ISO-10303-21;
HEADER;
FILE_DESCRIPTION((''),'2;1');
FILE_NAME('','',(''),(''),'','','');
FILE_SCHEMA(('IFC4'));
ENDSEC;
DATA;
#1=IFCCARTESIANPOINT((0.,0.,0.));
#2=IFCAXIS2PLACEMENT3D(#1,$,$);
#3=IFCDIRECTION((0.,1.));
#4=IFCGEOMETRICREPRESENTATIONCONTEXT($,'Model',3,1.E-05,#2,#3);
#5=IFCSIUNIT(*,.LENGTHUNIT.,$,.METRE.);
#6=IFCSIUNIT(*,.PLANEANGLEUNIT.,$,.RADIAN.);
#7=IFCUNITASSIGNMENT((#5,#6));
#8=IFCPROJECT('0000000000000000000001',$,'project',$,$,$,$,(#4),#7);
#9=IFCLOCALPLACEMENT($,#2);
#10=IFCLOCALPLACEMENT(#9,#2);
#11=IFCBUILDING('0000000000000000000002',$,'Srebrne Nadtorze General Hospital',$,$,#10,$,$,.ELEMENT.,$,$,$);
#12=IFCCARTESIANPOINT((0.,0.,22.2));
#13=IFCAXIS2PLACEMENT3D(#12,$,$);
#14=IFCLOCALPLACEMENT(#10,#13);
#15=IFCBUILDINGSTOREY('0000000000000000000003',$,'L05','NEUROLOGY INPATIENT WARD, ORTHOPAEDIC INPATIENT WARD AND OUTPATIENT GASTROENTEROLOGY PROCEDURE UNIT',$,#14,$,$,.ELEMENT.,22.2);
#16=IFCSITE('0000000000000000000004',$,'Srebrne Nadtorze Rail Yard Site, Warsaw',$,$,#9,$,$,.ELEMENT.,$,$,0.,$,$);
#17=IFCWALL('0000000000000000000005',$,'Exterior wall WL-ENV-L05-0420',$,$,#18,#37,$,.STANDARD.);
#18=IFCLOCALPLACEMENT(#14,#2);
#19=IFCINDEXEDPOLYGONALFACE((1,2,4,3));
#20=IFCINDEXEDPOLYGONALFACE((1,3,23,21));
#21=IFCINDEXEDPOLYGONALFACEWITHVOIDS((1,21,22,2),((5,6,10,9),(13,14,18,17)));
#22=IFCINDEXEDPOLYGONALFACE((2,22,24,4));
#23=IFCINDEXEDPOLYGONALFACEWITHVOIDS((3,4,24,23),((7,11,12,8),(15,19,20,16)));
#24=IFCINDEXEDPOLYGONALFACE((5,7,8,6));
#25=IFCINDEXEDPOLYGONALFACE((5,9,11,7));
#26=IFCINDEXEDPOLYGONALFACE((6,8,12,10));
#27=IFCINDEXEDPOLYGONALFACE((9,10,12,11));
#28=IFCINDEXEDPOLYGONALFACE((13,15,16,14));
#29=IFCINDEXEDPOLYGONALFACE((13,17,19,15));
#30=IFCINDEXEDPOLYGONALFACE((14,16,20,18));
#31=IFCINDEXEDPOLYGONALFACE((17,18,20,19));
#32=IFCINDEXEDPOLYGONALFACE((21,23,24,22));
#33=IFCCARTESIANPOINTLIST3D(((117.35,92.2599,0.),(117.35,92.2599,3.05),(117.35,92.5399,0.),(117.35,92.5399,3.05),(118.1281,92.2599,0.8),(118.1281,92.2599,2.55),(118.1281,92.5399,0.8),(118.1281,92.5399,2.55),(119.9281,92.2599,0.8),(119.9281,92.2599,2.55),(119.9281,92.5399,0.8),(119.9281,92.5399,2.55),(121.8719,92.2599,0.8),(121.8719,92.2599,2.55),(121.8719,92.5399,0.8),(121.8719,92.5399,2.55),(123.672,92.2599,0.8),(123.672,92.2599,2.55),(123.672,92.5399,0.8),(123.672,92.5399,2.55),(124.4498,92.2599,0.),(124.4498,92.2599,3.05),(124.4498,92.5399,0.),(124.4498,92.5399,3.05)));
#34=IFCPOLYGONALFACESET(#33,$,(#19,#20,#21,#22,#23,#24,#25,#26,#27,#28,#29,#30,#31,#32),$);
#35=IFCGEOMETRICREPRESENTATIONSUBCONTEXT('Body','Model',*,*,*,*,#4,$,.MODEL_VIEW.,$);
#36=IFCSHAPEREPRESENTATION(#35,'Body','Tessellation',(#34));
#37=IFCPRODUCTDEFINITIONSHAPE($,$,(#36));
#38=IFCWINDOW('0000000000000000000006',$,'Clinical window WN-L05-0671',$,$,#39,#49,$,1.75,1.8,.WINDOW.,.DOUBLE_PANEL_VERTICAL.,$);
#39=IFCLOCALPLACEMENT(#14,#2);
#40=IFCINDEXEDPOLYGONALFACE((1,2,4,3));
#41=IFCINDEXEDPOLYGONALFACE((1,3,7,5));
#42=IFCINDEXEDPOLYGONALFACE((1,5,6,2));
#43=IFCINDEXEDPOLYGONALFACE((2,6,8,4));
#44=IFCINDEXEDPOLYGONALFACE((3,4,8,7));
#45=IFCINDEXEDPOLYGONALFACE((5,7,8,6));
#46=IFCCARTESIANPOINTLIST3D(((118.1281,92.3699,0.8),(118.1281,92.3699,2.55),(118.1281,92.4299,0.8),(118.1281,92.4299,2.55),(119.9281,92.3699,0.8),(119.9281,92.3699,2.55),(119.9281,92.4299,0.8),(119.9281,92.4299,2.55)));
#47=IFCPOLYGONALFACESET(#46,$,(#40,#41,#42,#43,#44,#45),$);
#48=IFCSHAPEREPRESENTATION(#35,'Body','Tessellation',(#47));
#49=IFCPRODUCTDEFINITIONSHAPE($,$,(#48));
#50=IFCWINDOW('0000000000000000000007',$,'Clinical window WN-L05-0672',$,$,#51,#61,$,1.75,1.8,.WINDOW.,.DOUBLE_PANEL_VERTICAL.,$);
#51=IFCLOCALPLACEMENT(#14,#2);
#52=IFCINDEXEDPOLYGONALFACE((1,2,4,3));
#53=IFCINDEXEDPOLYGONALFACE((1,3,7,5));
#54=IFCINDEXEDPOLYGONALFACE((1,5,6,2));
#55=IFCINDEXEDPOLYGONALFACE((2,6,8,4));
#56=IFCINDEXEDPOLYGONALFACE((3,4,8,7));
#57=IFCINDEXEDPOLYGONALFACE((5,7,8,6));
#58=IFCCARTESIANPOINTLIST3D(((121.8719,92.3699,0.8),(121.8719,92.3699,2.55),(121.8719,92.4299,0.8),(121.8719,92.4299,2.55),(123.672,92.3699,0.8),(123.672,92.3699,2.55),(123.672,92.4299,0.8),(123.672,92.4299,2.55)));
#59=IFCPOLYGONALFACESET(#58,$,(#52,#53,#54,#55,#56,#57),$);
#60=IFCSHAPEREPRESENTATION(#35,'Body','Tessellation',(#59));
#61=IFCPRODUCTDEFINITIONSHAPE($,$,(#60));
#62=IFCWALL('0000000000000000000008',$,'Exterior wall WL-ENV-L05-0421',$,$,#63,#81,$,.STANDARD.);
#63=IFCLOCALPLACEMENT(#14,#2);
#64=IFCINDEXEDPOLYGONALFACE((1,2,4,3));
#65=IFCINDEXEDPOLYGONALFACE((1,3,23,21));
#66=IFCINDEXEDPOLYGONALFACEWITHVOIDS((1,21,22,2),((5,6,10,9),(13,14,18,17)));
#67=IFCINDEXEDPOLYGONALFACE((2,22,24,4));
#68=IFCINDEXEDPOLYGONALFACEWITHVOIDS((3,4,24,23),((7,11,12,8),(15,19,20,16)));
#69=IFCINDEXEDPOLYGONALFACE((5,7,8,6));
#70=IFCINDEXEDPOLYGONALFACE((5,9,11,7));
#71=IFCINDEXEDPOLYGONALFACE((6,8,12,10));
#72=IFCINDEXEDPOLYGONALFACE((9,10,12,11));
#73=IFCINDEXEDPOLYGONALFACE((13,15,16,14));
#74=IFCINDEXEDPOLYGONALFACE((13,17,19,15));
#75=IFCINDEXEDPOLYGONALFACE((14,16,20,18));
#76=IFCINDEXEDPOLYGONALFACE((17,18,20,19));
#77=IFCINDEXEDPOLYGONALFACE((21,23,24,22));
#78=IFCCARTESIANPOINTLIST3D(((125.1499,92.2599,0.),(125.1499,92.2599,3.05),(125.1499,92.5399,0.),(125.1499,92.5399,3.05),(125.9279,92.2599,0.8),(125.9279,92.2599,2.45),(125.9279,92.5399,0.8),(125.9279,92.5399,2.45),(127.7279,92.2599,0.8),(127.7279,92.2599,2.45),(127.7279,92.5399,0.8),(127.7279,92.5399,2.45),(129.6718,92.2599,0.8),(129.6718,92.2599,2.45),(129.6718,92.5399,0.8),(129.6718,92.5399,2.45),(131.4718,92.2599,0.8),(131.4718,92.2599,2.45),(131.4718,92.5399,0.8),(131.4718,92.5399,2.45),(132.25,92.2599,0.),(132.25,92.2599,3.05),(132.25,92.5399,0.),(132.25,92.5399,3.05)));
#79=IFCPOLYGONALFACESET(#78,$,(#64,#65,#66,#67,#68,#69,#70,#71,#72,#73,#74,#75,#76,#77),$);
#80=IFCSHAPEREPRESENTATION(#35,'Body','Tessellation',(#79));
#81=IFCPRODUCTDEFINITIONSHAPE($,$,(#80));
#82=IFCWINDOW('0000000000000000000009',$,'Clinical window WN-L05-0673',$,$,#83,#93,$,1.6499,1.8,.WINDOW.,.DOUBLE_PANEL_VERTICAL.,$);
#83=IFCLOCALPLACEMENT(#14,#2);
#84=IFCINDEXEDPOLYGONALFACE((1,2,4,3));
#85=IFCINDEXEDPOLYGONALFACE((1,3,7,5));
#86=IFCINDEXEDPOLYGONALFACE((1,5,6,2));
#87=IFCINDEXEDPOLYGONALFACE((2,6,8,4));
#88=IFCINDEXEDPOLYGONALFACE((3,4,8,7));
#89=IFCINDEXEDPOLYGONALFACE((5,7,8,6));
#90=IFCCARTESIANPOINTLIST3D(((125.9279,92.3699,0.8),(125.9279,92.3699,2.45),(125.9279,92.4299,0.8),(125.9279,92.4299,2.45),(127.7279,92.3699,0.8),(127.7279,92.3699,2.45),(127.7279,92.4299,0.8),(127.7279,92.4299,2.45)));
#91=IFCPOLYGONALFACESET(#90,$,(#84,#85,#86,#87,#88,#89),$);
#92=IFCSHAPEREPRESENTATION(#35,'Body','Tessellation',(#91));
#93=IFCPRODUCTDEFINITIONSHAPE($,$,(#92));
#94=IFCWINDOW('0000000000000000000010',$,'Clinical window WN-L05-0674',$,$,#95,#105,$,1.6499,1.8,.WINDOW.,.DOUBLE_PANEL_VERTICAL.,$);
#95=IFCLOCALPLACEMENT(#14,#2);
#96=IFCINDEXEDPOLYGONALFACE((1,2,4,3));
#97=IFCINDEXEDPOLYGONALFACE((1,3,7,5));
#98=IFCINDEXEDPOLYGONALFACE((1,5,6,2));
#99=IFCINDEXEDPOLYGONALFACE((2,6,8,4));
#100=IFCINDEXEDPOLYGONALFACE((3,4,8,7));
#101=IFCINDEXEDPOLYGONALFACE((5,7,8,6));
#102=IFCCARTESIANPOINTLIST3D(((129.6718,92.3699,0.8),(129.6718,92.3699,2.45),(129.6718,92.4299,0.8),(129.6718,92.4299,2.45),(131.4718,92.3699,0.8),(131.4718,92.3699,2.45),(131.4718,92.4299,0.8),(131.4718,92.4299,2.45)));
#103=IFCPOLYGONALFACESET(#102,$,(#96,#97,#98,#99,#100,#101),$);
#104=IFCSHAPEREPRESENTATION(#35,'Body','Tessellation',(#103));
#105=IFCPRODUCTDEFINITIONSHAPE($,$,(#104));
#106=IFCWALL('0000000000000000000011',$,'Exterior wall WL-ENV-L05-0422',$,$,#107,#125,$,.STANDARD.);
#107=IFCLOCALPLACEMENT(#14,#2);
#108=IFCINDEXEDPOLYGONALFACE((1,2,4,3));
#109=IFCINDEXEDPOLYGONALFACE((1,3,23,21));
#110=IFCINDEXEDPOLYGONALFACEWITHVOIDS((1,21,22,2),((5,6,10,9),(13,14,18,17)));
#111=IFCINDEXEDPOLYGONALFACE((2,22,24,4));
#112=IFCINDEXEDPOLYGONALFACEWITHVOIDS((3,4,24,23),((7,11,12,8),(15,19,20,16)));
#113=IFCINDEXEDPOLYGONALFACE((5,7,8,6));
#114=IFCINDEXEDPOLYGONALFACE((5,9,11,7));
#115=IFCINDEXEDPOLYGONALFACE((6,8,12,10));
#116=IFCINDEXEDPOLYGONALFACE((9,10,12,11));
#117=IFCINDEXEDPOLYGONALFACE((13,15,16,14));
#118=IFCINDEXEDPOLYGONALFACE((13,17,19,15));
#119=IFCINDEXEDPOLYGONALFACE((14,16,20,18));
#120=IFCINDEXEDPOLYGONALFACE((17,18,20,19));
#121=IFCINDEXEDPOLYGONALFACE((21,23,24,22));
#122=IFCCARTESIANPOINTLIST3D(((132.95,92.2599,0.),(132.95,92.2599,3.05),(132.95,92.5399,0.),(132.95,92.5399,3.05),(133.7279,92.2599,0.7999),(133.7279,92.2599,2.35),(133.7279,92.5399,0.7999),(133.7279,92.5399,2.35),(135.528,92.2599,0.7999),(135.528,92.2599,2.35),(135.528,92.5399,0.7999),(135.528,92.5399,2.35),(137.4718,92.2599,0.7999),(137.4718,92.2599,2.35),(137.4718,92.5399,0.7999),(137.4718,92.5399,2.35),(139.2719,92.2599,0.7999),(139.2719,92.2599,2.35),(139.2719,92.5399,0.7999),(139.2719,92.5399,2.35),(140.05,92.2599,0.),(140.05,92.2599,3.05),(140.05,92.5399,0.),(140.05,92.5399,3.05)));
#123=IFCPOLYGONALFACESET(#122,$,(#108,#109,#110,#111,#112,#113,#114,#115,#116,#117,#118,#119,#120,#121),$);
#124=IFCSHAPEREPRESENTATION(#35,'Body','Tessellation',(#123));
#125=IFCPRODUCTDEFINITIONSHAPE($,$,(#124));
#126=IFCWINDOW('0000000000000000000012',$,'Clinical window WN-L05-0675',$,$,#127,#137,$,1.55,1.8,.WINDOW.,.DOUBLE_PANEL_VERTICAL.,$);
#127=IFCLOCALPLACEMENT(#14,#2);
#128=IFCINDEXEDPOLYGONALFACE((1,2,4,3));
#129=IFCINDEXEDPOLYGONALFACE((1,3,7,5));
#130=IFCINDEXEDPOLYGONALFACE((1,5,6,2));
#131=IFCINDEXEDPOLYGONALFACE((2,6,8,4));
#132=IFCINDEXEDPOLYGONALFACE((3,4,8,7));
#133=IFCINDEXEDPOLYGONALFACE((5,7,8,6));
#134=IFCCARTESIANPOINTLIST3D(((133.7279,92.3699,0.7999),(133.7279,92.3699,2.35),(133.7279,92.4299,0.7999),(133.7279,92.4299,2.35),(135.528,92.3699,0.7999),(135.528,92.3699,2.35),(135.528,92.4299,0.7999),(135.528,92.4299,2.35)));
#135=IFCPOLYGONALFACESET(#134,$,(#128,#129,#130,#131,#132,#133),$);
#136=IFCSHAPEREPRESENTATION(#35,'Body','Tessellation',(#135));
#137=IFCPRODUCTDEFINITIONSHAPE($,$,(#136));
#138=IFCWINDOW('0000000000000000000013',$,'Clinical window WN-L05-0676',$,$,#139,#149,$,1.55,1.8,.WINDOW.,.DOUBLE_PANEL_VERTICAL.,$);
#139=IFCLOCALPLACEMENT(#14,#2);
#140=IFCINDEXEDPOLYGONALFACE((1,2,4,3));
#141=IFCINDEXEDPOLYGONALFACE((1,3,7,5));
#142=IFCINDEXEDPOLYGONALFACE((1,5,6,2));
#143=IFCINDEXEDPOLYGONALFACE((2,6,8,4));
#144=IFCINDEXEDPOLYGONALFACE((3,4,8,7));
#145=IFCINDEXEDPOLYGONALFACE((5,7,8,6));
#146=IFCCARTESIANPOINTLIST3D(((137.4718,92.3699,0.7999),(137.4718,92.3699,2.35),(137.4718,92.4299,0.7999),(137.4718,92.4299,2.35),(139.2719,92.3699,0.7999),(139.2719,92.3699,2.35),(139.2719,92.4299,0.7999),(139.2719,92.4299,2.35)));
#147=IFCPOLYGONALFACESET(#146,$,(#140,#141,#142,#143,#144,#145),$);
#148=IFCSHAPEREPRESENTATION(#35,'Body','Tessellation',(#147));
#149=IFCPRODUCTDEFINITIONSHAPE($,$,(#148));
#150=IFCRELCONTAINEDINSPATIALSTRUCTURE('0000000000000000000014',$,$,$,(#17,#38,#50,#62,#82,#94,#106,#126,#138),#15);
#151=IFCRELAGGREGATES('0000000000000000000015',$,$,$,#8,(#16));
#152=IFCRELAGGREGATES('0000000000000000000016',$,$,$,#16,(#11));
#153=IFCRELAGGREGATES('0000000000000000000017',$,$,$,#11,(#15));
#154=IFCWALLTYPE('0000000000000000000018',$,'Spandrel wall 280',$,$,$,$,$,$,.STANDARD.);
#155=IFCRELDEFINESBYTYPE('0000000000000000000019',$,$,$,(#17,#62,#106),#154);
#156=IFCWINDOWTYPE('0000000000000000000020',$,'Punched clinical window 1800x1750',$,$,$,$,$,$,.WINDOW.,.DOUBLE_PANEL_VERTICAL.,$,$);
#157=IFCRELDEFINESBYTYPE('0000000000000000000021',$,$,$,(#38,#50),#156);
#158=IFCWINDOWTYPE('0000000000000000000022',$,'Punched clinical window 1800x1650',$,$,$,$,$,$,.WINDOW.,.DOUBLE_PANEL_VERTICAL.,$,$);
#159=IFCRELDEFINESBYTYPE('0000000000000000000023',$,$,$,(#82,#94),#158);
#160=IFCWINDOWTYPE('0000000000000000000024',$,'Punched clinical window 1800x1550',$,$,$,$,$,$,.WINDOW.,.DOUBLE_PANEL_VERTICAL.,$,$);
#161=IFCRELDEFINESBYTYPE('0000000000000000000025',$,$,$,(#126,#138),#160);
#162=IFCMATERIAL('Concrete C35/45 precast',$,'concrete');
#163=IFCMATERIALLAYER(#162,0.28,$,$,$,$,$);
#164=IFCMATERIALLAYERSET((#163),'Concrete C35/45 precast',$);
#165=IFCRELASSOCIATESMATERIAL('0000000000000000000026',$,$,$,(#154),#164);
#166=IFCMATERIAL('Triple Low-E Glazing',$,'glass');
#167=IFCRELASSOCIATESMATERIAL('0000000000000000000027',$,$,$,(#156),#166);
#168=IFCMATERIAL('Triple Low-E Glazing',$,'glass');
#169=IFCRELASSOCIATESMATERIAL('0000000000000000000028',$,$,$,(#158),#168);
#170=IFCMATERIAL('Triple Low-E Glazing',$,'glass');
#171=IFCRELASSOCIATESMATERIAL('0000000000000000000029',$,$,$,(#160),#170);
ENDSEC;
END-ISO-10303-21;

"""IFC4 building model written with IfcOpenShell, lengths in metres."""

from ifc_helpers import new_model, si_unit, direction, frame, frame_2d, origin, place, context, subcontext, project, spatial, rectangle, extrude, material, layer, layer_set, type_object, element, fill, save


model = new_model("IFC4")

# Units and contexts
model_context = context("Model", 3, precision=1e-05, world=origin(), true_north=direction((0.0, 1.0)))
body_context = subcontext(model_context, "Body", "Model", "MODEL_VIEW")
ifc_project = project(units=[si_unit("LENGTHUNIT", "METRE"), si_unit("PLANEANGLEUNIT", "RADIAN")], contexts=[model_context])

# Site, building, storey
site_placement = place(None, origin())
site = spatial("IfcSite", under=ifc_project, at=site_placement, Name="Srebrne Nadtorze Rail Yard Site, Warsaw", CompositionType="ELEMENT", RefElevation=0.0)
building_placement = place(site_placement, origin())
building = spatial("IfcBuilding", under=site, at=building_placement, Name="Srebrne Nadtorze General Hospital", CompositionType="ELEMENT")
storey_placement = place(building_placement, frame((0.0, 0.0, 22.2)))
storey = spatial("IfcBuildingStorey", under=building, at=storey_placement, Name="L05", Description="NEUROLOGY INPATIENT WARD, ORTHOPAEDIC INPATIENT WARD AND OUTPATIENT GASTROENTEROLOGY PROCEDURE UNIT", CompositionType="ELEMENT", Elevation=22.2)

# Walls, openings, windows
ifc_material_1 = material(Name="Concrete C35/45 precast", Category="concrete")
ifc_layer_1 = layer(ifc_material_1, 0.28)
ifc_layer_set_1 = layer_set([ifc_layer_1], Name="Concrete C35/45 precast")
wall_type_1 = type_object("IfcWallType", Name="Spandrel wall 280", PredefinedType="STANDARD", material=ifc_layer_set_1)
wall_1_placement = place(storey_placement, frame((117.3501, 92.3999, 0.0), z_axis=(0.0, 0.0, 1.0), x_axis=(1.0, 0.0, 0.0)))
wall_1 = element("IfcWall", 1, at=wall_1_placement, inside=storey, type_object=wall_type_1, Name="Exterior wall WL-ENV-L05-0420", PredefinedType="STANDARD", context=body_context, shape_type="SweptSolid", body=[
    extrude(rectangle(XDim=7.0999, YDim=0.28, at=frame_2d((3.5498, 0.0))), origin(), (0.0, 0.0, 1.0), 3.05),
])
opening_1_placement = place(wall_1_placement, frame((0.7781, 0.0, 0.8)))
opening_1 = element("IfcOpeningElement", 2, at=opening_1_placement, cuts=wall_1, PredefinedType="OPENING", context=body_context, shape_type="SweptSolid", body=[
    extrude(rectangle(XDim=1.8, YDim=1.75, at=frame_2d((0.8999, 0.875))), frame((0.0, 0.1519, 0.0), z_axis=(0.0, -1.0, 0.0), x_axis=(1.0, 0.0, 0.0)), (0.0, 0.0, 1.0), 0.304),
])
opening_2_placement = place(wall_1_placement, frame((4.522, 0.0, 0.8)))
opening_2 = element("IfcOpeningElement", 3, at=opening_2_placement, cuts=wall_1, PredefinedType="OPENING", context=body_context, shape_type="SweptSolid", body=[
    extrude(rectangle(XDim=1.8, YDim=1.75, at=frame_2d((0.8999, 0.875))), frame((0.0, 0.1519, 0.0), z_axis=(0.0, -1.0, 0.0), x_axis=(1.0, 0.0, 0.0)), (0.0, 0.0, 1.0), 0.304),
])
ifc_material_2 = material(Name="Triple Low-E Glazing", Category="glass")
window_type_1 = type_object("IfcWindowType", Name="Punched clinical window 1800x1750", PartitioningType="DOUBLE_PANEL_VERTICAL", PredefinedType="WINDOW", material=ifc_material_2)
window_1_placement = place(opening_1_placement, origin())
window_1 = element("IfcWindow", 4, at=window_1_placement, inside=storey, type_object=window_type_1, Name="Clinical window WN-L05-0671", OverallHeight=1.75, OverallWidth=1.8, PartitioningType="DOUBLE_PANEL_VERTICAL", PredefinedType="WINDOW", context=body_context, shape_type="SweptSolid", body=[
    extrude(rectangle(XDim=1.8, YDim=1.75, at=frame_2d((0.8999, 0.875))), frame((0.0, 0.03, 0.0), z_axis=(0.0, -1.0, 0.0), x_axis=(1.0, 0.0, 0.0)), (0.0, 0.0, 1.0), 0.0601),
])
fill(opening_1, window_1)
window_2_placement = place(opening_2_placement, origin())
window_2 = element("IfcWindow", 5, at=window_2_placement, inside=storey, type_object=window_type_1, Name="Clinical window WN-L05-0672", OverallHeight=1.75, OverallWidth=1.8, PartitioningType="DOUBLE_PANEL_VERTICAL", PredefinedType="WINDOW", context=body_context, shape_type="SweptSolid", body=[
    extrude(rectangle(XDim=1.8, YDim=1.75, at=frame_2d((0.8999, 0.875))), frame((0.0, 0.03, 0.0), z_axis=(0.0, -1.0, 0.0), x_axis=(1.0, 0.0, 0.0)), (0.0, 0.0, 1.0), 0.0601),
])
fill(opening_2, window_2)
wall_2_placement = place(storey_placement, frame((125.1499, 92.3999, 0.0), z_axis=(0.0, 0.0, 1.0), x_axis=(1.0, 0.0, 0.0)))
wall_2 = element("IfcWall", 6, at=wall_2_placement, inside=storey, type_object=wall_type_1, Name="Exterior wall WL-ENV-L05-0421", PredefinedType="STANDARD", context=body_context, shape_type="SweptSolid", body=[
    extrude(rectangle(XDim=7.1001, YDim=0.28, at=frame_2d((3.55, 0.0))), origin(), (0.0, 0.0, 1.0), 3.05),
])
opening_3_placement = place(wall_2_placement, frame((0.7781, 0.0, 0.8)))
opening_3 = element("IfcOpeningElement", 7, at=opening_3_placement, cuts=wall_2, PredefinedType="OPENING", context=body_context, shape_type="SweptSolid", body=[
    extrude(rectangle(XDim=1.8, YDim=1.6499, at=frame_2d((0.8999, 0.825))), frame((0.0, 0.1519, 0.0), z_axis=(0.0, -1.0, 0.0), x_axis=(1.0, 0.0, 0.0)), (0.0, 0.0, 1.0), 0.304),
])
opening_4_placement = place(wall_2_placement, frame((4.522, 0.0, 0.8)))
opening_4 = element("IfcOpeningElement", 8, at=opening_4_placement, cuts=wall_2, PredefinedType="OPENING", context=body_context, shape_type="SweptSolid", body=[
    extrude(rectangle(XDim=1.8, YDim=1.6499, at=frame_2d((0.8999, 0.825))), frame((0.0, 0.1519, 0.0), z_axis=(0.0, -1.0, 0.0), x_axis=(1.0, 0.0, 0.0)), (0.0, 0.0, 1.0), 0.304),
])
ifc_material_3 = material(Name="Triple Low-E Glazing", Category="glass")
window_type_2 = type_object("IfcWindowType", Name="Punched clinical window 1800x1650", PartitioningType="DOUBLE_PANEL_VERTICAL", PredefinedType="WINDOW", material=ifc_material_3)
window_3_placement = place(opening_3_placement, origin())
window_3 = element("IfcWindow", 9, at=window_3_placement, inside=storey, type_object=window_type_2, Name="Clinical window WN-L05-0673", OverallHeight=1.6499, OverallWidth=1.8, PartitioningType="DOUBLE_PANEL_VERTICAL", PredefinedType="WINDOW", context=body_context, shape_type="SweptSolid", body=[
    extrude(rectangle(XDim=1.8, YDim=1.6499, at=frame_2d((0.8999, 0.825))), frame((0.0, 0.03, 0.0), z_axis=(0.0, -1.0, 0.0), x_axis=(1.0, 0.0, 0.0)), (0.0, 0.0, 1.0), 0.0601),
])
fill(opening_3, window_3)
window_4_placement = place(opening_4_placement, origin())
window_4 = element("IfcWindow", 10, at=window_4_placement, inside=storey, type_object=window_type_2, Name="Clinical window WN-L05-0674", OverallHeight=1.6499, OverallWidth=1.8, PartitioningType="DOUBLE_PANEL_VERTICAL", PredefinedType="WINDOW", context=body_context, shape_type="SweptSolid", body=[
    extrude(rectangle(XDim=1.8, YDim=1.6499, at=frame_2d((0.8999, 0.825))), frame((0.0, 0.03, 0.0), z_axis=(0.0, -1.0, 0.0), x_axis=(1.0, 0.0, 0.0)), (0.0, 0.0, 1.0), 0.0601),
])
fill(opening_4, window_4)
wall_3_placement = place(storey_placement, frame((132.95, 92.3999, 0.0), z_axis=(0.0, 0.0, 1.0), x_axis=(1.0, 0.0, 0.0)))
wall_3 = element("IfcWall", 11, at=wall_3_placement, inside=storey, type_object=wall_type_1, Name="Exterior wall WL-ENV-L05-0422", PredefinedType="STANDARD", context=body_context, shape_type="SweptSolid", body=[
    extrude(rectangle(XDim=7.1001, YDim=0.28, at=frame_2d((3.55, 0.0))), origin(), (0.0, 0.0, 1.0), 3.05),
])
opening_5_placement = place(wall_3_placement, frame((0.7781, 0.0, 0.8)))
opening_5 = element("IfcOpeningElement", 12, at=opening_5_placement, cuts=wall_3, PredefinedType="OPENING", context=body_context, shape_type="SweptSolid", body=[
    extrude(rectangle(XDim=1.8, YDim=1.55, at=frame_2d((0.8999, 0.7749))), frame((0.0, 0.1519, 0.0), z_axis=(0.0, -1.0, 0.0), x_axis=(1.0, 0.0, 0.0)), (0.0, 0.0, 1.0), 0.304),
])
opening_6_placement = place(wall_3_placement, frame((4.522, 0.0, 0.8)))
opening_6 = element("IfcOpeningElement", 13, at=opening_6_placement, cuts=wall_3, PredefinedType="OPENING", context=body_context, shape_type="SweptSolid", body=[
    extrude(rectangle(XDim=1.8, YDim=1.55, at=frame_2d((0.8999, 0.7749))), frame((0.0, 0.1519, 0.0), z_axis=(0.0, -1.0, 0.0), x_axis=(1.0, 0.0, 0.0)), (0.0, 0.0, 1.0), 0.304),
])
ifc_material_4 = material(Name="Triple Low-E Glazing", Category="glass")
window_type_3 = type_object("IfcWindowType", Name="Punched clinical window 1800x1550", PartitioningType="DOUBLE_PANEL_VERTICAL", PredefinedType="WINDOW", material=ifc_material_4)
window_5_placement = place(opening_5_placement, origin())
window_5 = element("IfcWindow", 14, at=window_5_placement, inside=storey, type_object=window_type_3, Name="Clinical window WN-L05-0675", OverallHeight=1.55, OverallWidth=1.8, PartitioningType="DOUBLE_PANEL_VERTICAL", PredefinedType="WINDOW", context=body_context, shape_type="SweptSolid", body=[
    extrude(rectangle(XDim=1.8, YDim=1.55, at=frame_2d((0.8999, 0.7749))), frame((0.0, 0.03, 0.0), z_axis=(0.0, -1.0, 0.0), x_axis=(1.0, 0.0, 0.0)), (0.0, 0.0, 1.0), 0.0601),
])
fill(opening_5, window_5)
window_6_placement = place(opening_6_placement, origin())
window_6 = element("IfcWindow", 15, at=window_6_placement, inside=storey, type_object=window_type_3, Name="Clinical window WN-L05-0676", OverallHeight=1.55, OverallWidth=1.8, PartitioningType="DOUBLE_PANEL_VERTICAL", PredefinedType="WINDOW", context=body_context, shape_type="SweptSolid", body=[
    extrude(rectangle(XDim=1.8, YDim=1.55, at=frame_2d((0.8999, 0.7749))), frame((0.0, 0.03, 0.0), z_axis=(0.0, -1.0, 0.0), x_axis=(1.0, 0.0, 0.0)), (0.0, 0.0, 1.0), 0.0601),
])
fill(opening_6, window_6)

save(model, "model.ifc")
